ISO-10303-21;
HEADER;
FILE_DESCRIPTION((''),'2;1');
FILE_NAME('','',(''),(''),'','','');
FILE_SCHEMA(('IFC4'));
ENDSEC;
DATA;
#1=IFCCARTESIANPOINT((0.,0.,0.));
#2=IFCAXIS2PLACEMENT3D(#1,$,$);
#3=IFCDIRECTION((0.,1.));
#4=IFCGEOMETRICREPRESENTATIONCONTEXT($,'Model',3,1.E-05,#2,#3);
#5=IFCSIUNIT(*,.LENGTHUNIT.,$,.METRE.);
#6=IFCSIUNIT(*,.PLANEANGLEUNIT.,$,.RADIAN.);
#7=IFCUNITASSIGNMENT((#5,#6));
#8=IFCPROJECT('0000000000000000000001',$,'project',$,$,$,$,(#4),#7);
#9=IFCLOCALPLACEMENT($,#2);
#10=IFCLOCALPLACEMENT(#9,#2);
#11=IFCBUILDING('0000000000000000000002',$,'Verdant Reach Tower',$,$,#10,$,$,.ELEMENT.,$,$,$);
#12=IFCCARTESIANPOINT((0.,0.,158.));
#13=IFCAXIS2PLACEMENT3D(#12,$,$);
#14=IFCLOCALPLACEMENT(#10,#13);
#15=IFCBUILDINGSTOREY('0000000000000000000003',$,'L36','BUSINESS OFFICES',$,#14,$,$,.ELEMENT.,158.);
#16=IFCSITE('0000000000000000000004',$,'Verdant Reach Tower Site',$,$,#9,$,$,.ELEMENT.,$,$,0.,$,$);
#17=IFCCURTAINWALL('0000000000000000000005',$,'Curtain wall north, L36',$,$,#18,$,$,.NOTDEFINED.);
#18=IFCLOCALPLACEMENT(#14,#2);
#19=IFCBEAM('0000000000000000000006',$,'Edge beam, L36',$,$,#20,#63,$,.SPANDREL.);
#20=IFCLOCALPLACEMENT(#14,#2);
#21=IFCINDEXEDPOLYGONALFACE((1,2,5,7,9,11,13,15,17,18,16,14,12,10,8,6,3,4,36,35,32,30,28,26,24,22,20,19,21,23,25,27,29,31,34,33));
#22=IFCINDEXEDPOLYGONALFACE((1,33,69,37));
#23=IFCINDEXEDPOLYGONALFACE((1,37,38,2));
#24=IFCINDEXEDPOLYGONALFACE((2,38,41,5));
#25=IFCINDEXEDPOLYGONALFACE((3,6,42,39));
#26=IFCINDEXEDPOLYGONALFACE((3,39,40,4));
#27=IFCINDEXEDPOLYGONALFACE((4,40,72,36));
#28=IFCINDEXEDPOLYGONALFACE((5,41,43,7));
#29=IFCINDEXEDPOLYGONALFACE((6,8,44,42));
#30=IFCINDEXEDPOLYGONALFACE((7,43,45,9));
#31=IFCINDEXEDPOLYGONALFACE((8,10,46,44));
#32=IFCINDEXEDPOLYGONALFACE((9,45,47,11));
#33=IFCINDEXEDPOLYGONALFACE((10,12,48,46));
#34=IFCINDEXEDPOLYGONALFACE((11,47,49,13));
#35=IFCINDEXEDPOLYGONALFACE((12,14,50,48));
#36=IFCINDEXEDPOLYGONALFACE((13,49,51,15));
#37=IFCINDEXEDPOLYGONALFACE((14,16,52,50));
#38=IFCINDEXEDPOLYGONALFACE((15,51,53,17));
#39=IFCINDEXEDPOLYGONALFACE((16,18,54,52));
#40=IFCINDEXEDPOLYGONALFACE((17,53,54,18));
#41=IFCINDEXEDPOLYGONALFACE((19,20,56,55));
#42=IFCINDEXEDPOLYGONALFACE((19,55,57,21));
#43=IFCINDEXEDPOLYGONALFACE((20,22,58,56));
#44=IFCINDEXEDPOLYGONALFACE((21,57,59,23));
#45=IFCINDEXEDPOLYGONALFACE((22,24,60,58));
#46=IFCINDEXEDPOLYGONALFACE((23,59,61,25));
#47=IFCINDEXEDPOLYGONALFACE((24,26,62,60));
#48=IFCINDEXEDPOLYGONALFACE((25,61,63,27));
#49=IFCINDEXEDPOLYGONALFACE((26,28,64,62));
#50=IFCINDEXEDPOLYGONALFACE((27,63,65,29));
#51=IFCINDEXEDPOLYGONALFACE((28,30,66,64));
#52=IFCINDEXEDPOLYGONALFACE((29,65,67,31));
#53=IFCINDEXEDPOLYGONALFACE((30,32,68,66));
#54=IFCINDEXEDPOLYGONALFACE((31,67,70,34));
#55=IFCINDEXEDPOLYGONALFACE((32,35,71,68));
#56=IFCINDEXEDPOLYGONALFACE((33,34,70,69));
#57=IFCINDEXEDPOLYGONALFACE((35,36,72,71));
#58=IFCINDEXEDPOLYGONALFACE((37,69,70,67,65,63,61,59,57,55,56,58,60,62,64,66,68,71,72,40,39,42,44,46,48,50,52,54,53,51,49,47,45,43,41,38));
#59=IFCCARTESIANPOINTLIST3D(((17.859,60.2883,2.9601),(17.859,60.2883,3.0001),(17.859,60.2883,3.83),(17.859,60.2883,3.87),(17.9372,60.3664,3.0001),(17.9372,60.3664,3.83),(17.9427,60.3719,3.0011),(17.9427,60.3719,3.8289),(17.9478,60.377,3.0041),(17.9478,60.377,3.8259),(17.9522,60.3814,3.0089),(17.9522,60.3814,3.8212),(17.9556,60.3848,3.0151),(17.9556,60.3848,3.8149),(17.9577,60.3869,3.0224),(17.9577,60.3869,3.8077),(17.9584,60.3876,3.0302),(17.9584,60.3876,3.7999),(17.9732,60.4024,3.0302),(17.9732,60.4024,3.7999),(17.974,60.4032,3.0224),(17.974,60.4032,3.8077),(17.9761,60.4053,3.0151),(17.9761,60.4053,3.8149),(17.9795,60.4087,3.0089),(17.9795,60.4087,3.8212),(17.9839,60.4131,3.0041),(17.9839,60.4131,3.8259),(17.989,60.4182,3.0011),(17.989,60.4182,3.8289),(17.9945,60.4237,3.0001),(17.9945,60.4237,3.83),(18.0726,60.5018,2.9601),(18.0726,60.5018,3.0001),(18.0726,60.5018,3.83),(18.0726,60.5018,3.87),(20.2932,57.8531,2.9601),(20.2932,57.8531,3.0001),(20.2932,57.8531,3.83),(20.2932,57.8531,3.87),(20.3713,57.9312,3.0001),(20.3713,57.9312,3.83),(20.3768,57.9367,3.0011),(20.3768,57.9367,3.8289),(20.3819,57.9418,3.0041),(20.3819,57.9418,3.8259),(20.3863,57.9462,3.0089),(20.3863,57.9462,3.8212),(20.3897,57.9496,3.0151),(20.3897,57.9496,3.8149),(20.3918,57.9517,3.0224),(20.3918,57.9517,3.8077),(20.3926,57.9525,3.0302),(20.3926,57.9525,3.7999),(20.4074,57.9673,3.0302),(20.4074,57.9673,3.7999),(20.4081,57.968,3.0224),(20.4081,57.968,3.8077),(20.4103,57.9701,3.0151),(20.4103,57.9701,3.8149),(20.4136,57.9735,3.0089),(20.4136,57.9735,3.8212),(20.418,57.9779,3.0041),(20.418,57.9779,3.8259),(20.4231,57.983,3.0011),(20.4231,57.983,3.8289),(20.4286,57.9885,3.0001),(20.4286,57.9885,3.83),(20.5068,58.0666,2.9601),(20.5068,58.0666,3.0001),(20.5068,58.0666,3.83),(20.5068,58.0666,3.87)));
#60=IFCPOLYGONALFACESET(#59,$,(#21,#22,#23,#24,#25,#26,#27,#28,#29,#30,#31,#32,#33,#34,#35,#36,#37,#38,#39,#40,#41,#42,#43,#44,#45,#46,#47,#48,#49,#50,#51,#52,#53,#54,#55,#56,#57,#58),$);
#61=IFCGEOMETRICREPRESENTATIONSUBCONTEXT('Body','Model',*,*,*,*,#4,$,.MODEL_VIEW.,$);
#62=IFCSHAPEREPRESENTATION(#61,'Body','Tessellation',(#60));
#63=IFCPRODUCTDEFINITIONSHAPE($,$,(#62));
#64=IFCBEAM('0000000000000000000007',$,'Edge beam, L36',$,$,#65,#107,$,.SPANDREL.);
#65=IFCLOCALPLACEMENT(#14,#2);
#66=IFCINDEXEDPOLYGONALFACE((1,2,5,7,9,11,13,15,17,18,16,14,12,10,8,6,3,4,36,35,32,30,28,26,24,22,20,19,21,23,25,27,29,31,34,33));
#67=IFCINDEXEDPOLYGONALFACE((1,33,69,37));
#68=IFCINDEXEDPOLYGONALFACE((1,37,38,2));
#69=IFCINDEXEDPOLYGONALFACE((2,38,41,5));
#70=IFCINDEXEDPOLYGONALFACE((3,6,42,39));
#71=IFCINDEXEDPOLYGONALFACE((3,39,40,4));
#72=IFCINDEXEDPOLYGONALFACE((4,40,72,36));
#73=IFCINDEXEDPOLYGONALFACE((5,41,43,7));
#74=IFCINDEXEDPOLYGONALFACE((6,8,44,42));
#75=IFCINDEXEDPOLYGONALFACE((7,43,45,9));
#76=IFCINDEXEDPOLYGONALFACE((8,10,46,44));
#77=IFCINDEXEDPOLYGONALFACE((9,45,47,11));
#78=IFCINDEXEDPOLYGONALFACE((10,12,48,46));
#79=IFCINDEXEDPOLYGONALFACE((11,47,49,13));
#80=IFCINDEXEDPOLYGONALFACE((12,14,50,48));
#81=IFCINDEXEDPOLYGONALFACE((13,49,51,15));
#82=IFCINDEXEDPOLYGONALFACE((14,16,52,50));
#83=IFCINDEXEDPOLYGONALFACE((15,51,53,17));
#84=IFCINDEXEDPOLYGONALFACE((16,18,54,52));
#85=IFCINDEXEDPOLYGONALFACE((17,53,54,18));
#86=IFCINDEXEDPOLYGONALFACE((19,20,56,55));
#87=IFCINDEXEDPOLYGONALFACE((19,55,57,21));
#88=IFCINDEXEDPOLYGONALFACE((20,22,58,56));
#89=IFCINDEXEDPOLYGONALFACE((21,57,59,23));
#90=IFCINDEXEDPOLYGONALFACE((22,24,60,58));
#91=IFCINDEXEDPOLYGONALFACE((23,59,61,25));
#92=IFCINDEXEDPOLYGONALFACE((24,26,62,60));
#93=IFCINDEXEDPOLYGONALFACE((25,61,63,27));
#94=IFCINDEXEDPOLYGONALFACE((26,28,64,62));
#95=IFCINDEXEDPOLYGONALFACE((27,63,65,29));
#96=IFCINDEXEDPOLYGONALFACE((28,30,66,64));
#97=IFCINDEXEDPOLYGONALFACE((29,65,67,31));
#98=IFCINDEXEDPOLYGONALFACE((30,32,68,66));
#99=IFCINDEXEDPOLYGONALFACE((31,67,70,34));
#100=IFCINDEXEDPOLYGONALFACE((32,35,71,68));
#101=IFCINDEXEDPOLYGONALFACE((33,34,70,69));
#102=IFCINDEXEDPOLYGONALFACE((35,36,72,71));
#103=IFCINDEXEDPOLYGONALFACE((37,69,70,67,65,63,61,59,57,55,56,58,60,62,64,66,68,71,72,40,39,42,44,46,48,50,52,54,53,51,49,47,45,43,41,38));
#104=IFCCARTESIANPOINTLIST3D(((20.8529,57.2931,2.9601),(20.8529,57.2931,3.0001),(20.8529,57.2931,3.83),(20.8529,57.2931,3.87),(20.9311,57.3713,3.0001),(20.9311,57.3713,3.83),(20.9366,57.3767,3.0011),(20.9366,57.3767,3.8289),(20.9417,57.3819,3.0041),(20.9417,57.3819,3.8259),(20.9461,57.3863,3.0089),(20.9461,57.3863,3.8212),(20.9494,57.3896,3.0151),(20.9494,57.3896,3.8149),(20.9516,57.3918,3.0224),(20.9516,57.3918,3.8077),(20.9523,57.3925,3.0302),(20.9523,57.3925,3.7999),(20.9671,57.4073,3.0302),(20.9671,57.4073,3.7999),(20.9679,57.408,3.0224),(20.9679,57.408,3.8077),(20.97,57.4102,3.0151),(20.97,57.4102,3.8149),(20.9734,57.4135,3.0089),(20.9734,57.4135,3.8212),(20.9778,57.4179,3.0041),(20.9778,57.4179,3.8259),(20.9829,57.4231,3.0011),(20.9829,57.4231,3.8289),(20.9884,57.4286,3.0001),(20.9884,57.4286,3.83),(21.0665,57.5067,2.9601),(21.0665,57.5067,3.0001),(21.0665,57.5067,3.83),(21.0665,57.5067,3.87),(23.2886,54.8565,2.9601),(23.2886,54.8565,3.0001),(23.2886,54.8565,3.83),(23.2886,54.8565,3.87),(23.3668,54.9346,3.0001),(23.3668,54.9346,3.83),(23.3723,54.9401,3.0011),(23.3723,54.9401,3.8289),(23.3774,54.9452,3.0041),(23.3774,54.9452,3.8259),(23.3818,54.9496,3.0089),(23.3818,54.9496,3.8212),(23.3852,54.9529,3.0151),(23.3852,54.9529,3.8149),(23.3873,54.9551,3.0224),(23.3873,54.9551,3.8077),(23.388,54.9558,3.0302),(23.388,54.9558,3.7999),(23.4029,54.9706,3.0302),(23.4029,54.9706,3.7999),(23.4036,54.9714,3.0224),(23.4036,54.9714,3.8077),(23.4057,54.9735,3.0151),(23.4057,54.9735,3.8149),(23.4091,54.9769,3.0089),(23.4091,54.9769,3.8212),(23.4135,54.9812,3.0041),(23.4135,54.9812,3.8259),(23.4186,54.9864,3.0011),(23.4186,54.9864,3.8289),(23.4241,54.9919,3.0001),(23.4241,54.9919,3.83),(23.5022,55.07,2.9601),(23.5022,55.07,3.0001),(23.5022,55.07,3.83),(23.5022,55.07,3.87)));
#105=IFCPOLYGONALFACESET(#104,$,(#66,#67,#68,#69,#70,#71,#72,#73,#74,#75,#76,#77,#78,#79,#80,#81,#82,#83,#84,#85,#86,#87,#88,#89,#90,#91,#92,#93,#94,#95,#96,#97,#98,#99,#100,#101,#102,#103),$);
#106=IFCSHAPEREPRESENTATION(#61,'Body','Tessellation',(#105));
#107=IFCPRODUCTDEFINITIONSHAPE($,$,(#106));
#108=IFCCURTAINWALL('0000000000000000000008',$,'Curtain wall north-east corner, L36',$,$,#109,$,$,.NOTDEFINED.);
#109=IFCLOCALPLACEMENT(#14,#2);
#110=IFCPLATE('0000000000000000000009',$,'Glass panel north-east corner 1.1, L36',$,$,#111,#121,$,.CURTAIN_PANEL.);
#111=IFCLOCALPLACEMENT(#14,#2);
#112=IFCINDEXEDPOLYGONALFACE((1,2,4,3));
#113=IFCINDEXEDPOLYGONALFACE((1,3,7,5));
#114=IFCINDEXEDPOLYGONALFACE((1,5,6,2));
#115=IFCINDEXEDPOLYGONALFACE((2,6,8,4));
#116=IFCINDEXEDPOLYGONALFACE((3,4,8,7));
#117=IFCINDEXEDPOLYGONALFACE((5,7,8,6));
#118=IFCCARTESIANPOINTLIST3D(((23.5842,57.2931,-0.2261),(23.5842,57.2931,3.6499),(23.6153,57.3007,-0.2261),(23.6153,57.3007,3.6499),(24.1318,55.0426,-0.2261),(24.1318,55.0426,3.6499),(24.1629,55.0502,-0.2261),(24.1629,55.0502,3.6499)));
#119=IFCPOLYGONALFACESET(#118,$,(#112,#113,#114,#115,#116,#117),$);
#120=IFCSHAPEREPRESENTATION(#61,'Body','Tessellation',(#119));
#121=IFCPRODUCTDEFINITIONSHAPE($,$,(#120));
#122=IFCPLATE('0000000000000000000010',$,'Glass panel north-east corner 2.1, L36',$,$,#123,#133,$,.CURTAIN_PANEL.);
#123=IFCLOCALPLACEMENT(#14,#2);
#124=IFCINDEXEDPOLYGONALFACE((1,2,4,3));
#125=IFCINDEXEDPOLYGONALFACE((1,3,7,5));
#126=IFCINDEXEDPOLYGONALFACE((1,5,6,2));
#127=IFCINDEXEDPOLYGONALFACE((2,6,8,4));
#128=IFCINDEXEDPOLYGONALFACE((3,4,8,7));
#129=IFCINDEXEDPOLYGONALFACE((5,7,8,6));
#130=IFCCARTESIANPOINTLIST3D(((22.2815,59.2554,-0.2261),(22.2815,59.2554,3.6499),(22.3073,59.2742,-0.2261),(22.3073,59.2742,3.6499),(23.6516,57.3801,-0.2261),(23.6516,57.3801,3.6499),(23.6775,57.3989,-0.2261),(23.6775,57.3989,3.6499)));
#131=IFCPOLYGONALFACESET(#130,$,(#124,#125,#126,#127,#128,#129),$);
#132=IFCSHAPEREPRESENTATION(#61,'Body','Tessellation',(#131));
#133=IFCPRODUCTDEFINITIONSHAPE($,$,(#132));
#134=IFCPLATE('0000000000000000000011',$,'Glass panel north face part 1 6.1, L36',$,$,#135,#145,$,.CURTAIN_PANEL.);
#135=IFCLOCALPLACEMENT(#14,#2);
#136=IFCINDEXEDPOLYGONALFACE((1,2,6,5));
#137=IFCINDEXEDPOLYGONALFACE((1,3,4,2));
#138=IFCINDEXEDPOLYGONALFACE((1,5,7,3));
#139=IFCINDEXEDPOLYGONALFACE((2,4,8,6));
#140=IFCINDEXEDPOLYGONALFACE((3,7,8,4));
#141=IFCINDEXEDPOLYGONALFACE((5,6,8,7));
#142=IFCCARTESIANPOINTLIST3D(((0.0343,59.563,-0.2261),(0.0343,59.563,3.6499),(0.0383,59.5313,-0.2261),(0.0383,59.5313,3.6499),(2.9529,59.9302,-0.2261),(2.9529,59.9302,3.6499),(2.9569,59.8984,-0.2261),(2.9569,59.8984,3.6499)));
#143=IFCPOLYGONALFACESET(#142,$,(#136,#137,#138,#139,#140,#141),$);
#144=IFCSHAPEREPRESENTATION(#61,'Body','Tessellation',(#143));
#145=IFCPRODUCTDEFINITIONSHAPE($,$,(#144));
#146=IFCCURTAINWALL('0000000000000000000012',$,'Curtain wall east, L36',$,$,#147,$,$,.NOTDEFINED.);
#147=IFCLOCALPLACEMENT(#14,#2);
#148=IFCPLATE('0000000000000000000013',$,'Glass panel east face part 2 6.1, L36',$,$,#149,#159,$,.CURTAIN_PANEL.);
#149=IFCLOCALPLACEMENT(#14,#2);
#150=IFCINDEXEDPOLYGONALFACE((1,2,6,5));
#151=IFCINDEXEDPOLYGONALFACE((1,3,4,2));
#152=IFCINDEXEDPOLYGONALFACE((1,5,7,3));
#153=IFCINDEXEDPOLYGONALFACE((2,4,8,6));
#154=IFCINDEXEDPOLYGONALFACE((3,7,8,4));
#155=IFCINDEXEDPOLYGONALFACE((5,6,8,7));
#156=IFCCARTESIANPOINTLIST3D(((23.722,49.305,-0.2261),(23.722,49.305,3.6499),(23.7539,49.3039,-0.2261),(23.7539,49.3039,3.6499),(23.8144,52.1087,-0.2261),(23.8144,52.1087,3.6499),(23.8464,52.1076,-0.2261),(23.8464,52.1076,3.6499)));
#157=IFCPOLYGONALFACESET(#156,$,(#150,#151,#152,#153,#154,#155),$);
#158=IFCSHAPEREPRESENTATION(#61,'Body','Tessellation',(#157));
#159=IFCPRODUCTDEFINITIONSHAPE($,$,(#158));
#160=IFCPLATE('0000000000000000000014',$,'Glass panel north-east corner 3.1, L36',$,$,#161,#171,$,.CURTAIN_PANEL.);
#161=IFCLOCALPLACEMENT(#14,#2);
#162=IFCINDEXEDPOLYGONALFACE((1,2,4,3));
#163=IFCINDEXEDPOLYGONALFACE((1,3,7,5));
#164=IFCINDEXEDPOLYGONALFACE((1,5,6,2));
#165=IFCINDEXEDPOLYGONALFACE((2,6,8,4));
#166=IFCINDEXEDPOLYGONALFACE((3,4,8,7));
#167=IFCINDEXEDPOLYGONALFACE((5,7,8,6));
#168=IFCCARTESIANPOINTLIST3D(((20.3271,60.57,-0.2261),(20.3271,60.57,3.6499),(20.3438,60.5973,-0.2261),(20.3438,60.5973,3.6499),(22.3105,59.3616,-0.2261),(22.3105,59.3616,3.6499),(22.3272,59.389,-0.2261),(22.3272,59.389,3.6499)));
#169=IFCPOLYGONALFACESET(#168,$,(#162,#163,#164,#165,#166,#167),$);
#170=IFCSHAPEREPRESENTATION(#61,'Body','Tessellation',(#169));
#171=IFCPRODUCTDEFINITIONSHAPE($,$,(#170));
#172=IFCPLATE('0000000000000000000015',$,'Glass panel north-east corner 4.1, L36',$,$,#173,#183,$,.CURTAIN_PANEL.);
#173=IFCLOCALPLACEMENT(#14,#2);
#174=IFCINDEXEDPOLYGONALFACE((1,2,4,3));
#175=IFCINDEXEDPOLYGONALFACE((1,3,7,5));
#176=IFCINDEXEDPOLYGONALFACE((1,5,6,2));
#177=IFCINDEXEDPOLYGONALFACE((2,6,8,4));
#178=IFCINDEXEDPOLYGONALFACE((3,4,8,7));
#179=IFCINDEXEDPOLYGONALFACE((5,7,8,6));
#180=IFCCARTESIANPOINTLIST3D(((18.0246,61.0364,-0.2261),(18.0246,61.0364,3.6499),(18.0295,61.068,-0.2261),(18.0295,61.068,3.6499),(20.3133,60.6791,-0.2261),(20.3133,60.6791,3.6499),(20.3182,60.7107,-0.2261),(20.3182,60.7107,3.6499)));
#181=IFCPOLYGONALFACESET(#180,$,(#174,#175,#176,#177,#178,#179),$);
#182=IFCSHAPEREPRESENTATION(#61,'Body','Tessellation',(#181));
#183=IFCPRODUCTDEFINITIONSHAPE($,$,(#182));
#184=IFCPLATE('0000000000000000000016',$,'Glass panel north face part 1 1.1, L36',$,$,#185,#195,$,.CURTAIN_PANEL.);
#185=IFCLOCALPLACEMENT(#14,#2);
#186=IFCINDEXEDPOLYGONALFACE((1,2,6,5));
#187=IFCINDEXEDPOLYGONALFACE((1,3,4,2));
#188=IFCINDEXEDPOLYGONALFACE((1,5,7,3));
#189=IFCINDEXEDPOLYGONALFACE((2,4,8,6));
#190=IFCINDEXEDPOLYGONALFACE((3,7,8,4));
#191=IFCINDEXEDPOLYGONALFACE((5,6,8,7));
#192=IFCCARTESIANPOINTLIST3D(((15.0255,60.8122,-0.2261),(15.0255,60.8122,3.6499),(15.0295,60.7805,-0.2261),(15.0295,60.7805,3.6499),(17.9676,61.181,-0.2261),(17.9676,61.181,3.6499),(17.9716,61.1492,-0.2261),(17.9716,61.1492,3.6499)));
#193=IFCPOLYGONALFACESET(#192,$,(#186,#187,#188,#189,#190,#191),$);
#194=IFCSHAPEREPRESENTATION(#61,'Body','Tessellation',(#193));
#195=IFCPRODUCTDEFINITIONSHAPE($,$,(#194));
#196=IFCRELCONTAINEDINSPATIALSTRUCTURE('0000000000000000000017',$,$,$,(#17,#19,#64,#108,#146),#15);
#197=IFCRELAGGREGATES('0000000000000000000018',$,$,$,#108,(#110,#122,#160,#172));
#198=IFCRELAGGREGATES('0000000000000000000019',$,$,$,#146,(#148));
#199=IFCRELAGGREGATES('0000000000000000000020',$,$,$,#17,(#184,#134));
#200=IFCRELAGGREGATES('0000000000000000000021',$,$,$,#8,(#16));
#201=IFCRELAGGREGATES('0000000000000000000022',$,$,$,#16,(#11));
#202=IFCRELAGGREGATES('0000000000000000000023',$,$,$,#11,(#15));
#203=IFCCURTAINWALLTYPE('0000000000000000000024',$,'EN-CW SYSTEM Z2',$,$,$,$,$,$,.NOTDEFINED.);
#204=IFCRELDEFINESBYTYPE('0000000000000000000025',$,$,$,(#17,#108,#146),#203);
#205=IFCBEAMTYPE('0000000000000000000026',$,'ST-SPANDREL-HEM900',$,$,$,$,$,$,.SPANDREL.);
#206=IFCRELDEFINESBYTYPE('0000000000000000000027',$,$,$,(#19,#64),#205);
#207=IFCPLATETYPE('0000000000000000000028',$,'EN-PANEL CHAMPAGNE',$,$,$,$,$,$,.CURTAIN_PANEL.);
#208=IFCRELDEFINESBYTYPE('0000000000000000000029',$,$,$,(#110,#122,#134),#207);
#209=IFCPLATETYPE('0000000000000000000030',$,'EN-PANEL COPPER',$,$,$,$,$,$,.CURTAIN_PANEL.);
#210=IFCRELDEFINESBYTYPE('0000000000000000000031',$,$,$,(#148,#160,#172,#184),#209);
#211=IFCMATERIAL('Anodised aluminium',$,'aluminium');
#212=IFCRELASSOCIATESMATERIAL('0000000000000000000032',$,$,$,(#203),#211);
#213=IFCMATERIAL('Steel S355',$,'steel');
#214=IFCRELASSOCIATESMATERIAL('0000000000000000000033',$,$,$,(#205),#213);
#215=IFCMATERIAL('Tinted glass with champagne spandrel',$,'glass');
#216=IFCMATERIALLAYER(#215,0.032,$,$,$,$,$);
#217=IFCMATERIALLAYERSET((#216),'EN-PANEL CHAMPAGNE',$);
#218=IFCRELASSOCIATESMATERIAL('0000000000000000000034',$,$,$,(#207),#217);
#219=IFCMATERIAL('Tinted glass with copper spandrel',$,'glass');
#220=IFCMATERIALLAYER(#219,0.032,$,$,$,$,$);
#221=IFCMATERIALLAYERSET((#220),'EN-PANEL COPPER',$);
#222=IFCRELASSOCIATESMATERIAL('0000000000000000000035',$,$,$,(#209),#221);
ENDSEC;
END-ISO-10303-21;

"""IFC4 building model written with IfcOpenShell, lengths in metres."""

from ifc_helpers import new_model, si_unit, direction, frame, origin, origin_2d, place, context, subcontext, project, spatial, rectangle, i_section, extrude, material, layer, layer_set, material_profile, profile_set, type_object, element, aggregate, save


model = new_model("IFC4")

# Units and contexts
model_context = context("Model", 3, precision=1e-05, world=origin(), true_north=direction((0.0, 1.0)))
body_context = subcontext(model_context, "Body", "Model", "MODEL_VIEW")
ifc_project = project(units=[si_unit("LENGTHUNIT", "METRE"), si_unit("PLANEANGLEUNIT", "RADIAN")], contexts=[model_context])

# Site, building, storey
site_placement = place(None, origin())
site = spatial("IfcSite", under=ifc_project, at=site_placement, Name="Verdant Reach Tower Site", CompositionType="ELEMENT", RefElevation=0.0)
building_placement = place(site_placement, origin())
building = spatial("IfcBuilding", under=site, at=building_placement, Name="Verdant Reach Tower", CompositionType="ELEMENT")
storey_placement = place(building_placement, frame((0.0, 0.0, 158.0)))
storey = spatial("IfcBuildingStorey", under=building, at=storey_placement, Name="L36", Description="BUSINESS OFFICES", CompositionType="ELEMENT", Elevation=158.0)

# Curtain wall
ifc_material_1 = material(Name="Anodised aluminium", Category="aluminium")
curtain_wall_type = type_object("IfcCurtainWallType", Name="EN-CW SYSTEM Z2", PredefinedType="NOTDEFINED", material=ifc_material_1)
curtain_wall_1_placement = place(storey_placement, origin())
curtain_wall_1 = element("IfcCurtainWall", 1, at=curtain_wall_1_placement, inside=storey, type_object=curtain_wall_type, Name="Curtain wall north, L36", PredefinedType="NOTDEFINED")

# Beams
ifc_material_2 = material(Name="Steel S355", Category="steel")
ifc_material_profile_1 = material_profile(ifc_material_2, i_section(OverallWidth=0.302, OverallDepth=0.9099, WebThickness=0.021, FlangeThickness=0.04, FilletRadius=0.03, at=origin_2d()), Name="HEM 900")
ifc_profile_set_1 = profile_set([ifc_material_profile_1], Name="Steel S355")
beam_type_1 = type_object("IfcBeamType", Name="ST-SPANDREL-HEM900", PredefinedType="SPANDREL", material=ifc_profile_set_1)
beam_1_placement = place(storey_placement, frame((17.9658, 60.395, 3.415), z_axis=(0.706965, -0.707249, 0.0), x_axis=(0.707249, 0.706965, 0.0)))
element("IfcBeam", 2, at=beam_1_placement, inside=storey, type_object=beam_type_1, Name="Edge beam, L36", PredefinedType="SPANDREL", context=body_context, shape_type="SweptSolid", body=[
    extrude(i_section(OverallWidth=0.302, OverallDepth=0.9099, WebThickness=0.021, FlangeThickness=0.04, FilletRadius=0.03, at=origin_2d()), origin(), (0.0, 0.0, 1.0), 3.4431),
])
beam_2_placement = place(storey_placement, frame((20.9597, 57.3999, 3.415), z_axis=(0.706965, -0.707248, 0.0), x_axis=(0.707248, 0.706965, 0.0)))
element("IfcBeam", 3, at=beam_2_placement, inside=storey, type_object=beam_type_1, Name="Edge beam, L36", PredefinedType="SPANDREL", context=body_context, shape_type="SweptSolid", body=[
    extrude(i_section(OverallWidth=0.302, OverallDepth=0.9099, WebThickness=0.021, FlangeThickness=0.04, FilletRadius=0.03, at=origin_2d()), origin(), (0.0, 0.0, 1.0), 3.4453),
])

# Curtain wall, plates
curtain_wall_2_placement = place(storey_placement, origin())
curtain_wall_2 = element("IfcCurtainWall", 4, at=curtain_wall_2_placement, inside=storey, type_object=curtain_wall_type, Name="Curtain wall north-east corner, L36", PredefinedType="NOTDEFINED")
ifc_material_3 = material(Name="Tinted glass with champagne spandrel", Category="glass")
ifc_layer_1 = layer(ifc_material_3, 0.032)
ifc_layer_set_1 = layer_set([ifc_layer_1], Name="EN-PANEL CHAMPAGNE")
plate_type_1 = type_object("IfcPlateType", Name="EN-PANEL CHAMPAGNE", PredefinedType="CURTAIN_PANEL", material=ifc_layer_set_1)
plate_1_placement = place(storey_placement, frame((23.8735, 56.1716, -0.2261), z_axis=(0.0, 0.0, 1.0), x_axis=(-0.236416, 0.971652, 0.0)))
plate_1 = element("IfcPlate", 5, at=plate_1_placement, type_object=plate_type_1, Name="Glass panel north-east corner 1.1, L36", PredefinedType="CURTAIN_PANEL", context=body_context, shape_type="SweptSolid", body=[
    extrude(rectangle(XDim=2.3162, YDim=0.032, at=origin_2d()), origin(), (0.0, 0.0, 1.0), 3.876),
])
plate_2_placement = place(storey_placement, frame((22.9795, 58.3271, -0.2261), z_axis=(0.0, 0.0, 1.0), x_axis=(-0.589927, 0.807457, 0.0)))
plate_2 = element("IfcPlate", 6, at=plate_2_placement, type_object=plate_type_1, Name="Glass panel north-east corner 2.1, L36", PredefinedType="CURTAIN_PANEL", context=body_context, shape_type="SweptSolid", body=[
    extrude(rectangle(XDim=2.3225, YDim=0.032, at=origin_2d()), origin(), (0.0, 0.0, 1.0), 3.876),
])

# Plate
plate_3_placement = place(storey_placement, frame((1.4956, 59.7307, -0.2261), z_axis=(0.0, 0.0, 1.0), x_axis=(-0.992179, -0.124825, 0.0)))
plate_3 = element("IfcPlate", 7, at=plate_3_placement, type_object=plate_type_1, Name="Glass panel north face part 1 6.1, L36", PredefinedType="CURTAIN_PANEL", context=body_context, shape_type="SweptSolid", body=[
    extrude(rectangle(XDim=2.9417, YDim=0.032, at=origin_2d()), origin(), (0.0, 0.0, 1.0), 3.876),
])

# Curtain wall, plate
curtain_wall_3_placement = place(storey_placement, origin())
curtain_wall_3 = element("IfcCurtainWall", 8, at=curtain_wall_3_placement, inside=storey, type_object=curtain_wall_type, Name="Curtain wall east, L36", PredefinedType="NOTDEFINED")
ifc_material_4 = material(Name="Tinted glass with copper spandrel", Category="glass")
ifc_layer_2 = layer(ifc_material_4, 0.032)
ifc_layer_set_2 = layer_set([ifc_layer_2], Name="EN-PANEL COPPER")
plate_type_2 = type_object("IfcPlateType", Name="EN-PANEL COPPER", PredefinedType="CURTAIN_PANEL", material=ifc_layer_set_2)
plate_4_placement = place(storey_placement, frame((23.7842, 50.7063, -0.2261), z_axis=(0.0, 0.0, 1.0), x_axis=(0.032966, 0.999456, 0.0)))
plate_4 = element("IfcPlate", 9, at=plate_4_placement, type_object=plate_type_2, Name="Glass panel east face part 2 6.1, L36", PredefinedType="CURTAIN_PANEL", context=body_context, shape_type="SweptSolid", body=[
    extrude(rectangle(XDim=2.8052, YDim=0.032, at=origin_2d()), origin(), (0.0, 0.0, 1.0), 3.876),
])

# Plates
plate_5_placement = place(storey_placement, frame((21.3271, 59.9795, -0.2261), z_axis=(0.0, 0.0, 1.0), x_axis=(-0.853989, 0.520292, 0.0)))
plate_5 = element("IfcPlate", 10, at=plate_5_placement, type_object=plate_type_2, Name="Glass panel north-east corner 3.1, L36", PredefinedType="CURTAIN_PANEL", context=body_context, shape_type="SweptSolid", body=[
    extrude(rectangle(XDim=2.3225, YDim=0.032, at=origin_2d()), origin(), (0.0, 0.0, 1.0), 3.876),
])
plate_6_placement = place(storey_placement, frame((19.1714, 60.8735, -0.2261), z_axis=(0.0, 0.0, 1.0), x_axis=(-0.988031, 0.154256, 0.0)))
plate_6 = element("IfcPlate", 11, at=plate_6_placement, type_object=plate_type_2, Name="Glass panel north-east corner 4.1, L36", PredefinedType="CURTAIN_PANEL", context=body_context, shape_type="SweptSolid", body=[
    extrude(rectangle(XDim=2.3164, YDim=0.032, at=origin_2d()), origin(), (0.0, 0.0, 1.0), 3.876),
])
aggregate(curtain_wall_2, [plate_1, plate_2, plate_5, plate_6])
plate_7_placement = place(storey_placement, frame((16.4985, 60.9807, -0.2261), z_axis=(0.0, 0.0, 1.0), x_axis=(-0.992237, -0.124365, 0.0)))
plate_7 = element("IfcPlate", 12, at=plate_7_placement, type_object=plate_type_2, Name="Glass panel north face part 1 1.1, L36", PredefinedType="CURTAIN_PANEL", context=body_context, shape_type="SweptSolid", body=[
    extrude(rectangle(XDim=2.9651, YDim=0.032, at=origin_2d()), origin(), (0.0, 0.0, 1.0), 3.876),
])
aggregate(curtain_wall_3, [plate_4])
aggregate(curtain_wall_1, [plate_7, plate_3])

save(model, "model.ifc")
